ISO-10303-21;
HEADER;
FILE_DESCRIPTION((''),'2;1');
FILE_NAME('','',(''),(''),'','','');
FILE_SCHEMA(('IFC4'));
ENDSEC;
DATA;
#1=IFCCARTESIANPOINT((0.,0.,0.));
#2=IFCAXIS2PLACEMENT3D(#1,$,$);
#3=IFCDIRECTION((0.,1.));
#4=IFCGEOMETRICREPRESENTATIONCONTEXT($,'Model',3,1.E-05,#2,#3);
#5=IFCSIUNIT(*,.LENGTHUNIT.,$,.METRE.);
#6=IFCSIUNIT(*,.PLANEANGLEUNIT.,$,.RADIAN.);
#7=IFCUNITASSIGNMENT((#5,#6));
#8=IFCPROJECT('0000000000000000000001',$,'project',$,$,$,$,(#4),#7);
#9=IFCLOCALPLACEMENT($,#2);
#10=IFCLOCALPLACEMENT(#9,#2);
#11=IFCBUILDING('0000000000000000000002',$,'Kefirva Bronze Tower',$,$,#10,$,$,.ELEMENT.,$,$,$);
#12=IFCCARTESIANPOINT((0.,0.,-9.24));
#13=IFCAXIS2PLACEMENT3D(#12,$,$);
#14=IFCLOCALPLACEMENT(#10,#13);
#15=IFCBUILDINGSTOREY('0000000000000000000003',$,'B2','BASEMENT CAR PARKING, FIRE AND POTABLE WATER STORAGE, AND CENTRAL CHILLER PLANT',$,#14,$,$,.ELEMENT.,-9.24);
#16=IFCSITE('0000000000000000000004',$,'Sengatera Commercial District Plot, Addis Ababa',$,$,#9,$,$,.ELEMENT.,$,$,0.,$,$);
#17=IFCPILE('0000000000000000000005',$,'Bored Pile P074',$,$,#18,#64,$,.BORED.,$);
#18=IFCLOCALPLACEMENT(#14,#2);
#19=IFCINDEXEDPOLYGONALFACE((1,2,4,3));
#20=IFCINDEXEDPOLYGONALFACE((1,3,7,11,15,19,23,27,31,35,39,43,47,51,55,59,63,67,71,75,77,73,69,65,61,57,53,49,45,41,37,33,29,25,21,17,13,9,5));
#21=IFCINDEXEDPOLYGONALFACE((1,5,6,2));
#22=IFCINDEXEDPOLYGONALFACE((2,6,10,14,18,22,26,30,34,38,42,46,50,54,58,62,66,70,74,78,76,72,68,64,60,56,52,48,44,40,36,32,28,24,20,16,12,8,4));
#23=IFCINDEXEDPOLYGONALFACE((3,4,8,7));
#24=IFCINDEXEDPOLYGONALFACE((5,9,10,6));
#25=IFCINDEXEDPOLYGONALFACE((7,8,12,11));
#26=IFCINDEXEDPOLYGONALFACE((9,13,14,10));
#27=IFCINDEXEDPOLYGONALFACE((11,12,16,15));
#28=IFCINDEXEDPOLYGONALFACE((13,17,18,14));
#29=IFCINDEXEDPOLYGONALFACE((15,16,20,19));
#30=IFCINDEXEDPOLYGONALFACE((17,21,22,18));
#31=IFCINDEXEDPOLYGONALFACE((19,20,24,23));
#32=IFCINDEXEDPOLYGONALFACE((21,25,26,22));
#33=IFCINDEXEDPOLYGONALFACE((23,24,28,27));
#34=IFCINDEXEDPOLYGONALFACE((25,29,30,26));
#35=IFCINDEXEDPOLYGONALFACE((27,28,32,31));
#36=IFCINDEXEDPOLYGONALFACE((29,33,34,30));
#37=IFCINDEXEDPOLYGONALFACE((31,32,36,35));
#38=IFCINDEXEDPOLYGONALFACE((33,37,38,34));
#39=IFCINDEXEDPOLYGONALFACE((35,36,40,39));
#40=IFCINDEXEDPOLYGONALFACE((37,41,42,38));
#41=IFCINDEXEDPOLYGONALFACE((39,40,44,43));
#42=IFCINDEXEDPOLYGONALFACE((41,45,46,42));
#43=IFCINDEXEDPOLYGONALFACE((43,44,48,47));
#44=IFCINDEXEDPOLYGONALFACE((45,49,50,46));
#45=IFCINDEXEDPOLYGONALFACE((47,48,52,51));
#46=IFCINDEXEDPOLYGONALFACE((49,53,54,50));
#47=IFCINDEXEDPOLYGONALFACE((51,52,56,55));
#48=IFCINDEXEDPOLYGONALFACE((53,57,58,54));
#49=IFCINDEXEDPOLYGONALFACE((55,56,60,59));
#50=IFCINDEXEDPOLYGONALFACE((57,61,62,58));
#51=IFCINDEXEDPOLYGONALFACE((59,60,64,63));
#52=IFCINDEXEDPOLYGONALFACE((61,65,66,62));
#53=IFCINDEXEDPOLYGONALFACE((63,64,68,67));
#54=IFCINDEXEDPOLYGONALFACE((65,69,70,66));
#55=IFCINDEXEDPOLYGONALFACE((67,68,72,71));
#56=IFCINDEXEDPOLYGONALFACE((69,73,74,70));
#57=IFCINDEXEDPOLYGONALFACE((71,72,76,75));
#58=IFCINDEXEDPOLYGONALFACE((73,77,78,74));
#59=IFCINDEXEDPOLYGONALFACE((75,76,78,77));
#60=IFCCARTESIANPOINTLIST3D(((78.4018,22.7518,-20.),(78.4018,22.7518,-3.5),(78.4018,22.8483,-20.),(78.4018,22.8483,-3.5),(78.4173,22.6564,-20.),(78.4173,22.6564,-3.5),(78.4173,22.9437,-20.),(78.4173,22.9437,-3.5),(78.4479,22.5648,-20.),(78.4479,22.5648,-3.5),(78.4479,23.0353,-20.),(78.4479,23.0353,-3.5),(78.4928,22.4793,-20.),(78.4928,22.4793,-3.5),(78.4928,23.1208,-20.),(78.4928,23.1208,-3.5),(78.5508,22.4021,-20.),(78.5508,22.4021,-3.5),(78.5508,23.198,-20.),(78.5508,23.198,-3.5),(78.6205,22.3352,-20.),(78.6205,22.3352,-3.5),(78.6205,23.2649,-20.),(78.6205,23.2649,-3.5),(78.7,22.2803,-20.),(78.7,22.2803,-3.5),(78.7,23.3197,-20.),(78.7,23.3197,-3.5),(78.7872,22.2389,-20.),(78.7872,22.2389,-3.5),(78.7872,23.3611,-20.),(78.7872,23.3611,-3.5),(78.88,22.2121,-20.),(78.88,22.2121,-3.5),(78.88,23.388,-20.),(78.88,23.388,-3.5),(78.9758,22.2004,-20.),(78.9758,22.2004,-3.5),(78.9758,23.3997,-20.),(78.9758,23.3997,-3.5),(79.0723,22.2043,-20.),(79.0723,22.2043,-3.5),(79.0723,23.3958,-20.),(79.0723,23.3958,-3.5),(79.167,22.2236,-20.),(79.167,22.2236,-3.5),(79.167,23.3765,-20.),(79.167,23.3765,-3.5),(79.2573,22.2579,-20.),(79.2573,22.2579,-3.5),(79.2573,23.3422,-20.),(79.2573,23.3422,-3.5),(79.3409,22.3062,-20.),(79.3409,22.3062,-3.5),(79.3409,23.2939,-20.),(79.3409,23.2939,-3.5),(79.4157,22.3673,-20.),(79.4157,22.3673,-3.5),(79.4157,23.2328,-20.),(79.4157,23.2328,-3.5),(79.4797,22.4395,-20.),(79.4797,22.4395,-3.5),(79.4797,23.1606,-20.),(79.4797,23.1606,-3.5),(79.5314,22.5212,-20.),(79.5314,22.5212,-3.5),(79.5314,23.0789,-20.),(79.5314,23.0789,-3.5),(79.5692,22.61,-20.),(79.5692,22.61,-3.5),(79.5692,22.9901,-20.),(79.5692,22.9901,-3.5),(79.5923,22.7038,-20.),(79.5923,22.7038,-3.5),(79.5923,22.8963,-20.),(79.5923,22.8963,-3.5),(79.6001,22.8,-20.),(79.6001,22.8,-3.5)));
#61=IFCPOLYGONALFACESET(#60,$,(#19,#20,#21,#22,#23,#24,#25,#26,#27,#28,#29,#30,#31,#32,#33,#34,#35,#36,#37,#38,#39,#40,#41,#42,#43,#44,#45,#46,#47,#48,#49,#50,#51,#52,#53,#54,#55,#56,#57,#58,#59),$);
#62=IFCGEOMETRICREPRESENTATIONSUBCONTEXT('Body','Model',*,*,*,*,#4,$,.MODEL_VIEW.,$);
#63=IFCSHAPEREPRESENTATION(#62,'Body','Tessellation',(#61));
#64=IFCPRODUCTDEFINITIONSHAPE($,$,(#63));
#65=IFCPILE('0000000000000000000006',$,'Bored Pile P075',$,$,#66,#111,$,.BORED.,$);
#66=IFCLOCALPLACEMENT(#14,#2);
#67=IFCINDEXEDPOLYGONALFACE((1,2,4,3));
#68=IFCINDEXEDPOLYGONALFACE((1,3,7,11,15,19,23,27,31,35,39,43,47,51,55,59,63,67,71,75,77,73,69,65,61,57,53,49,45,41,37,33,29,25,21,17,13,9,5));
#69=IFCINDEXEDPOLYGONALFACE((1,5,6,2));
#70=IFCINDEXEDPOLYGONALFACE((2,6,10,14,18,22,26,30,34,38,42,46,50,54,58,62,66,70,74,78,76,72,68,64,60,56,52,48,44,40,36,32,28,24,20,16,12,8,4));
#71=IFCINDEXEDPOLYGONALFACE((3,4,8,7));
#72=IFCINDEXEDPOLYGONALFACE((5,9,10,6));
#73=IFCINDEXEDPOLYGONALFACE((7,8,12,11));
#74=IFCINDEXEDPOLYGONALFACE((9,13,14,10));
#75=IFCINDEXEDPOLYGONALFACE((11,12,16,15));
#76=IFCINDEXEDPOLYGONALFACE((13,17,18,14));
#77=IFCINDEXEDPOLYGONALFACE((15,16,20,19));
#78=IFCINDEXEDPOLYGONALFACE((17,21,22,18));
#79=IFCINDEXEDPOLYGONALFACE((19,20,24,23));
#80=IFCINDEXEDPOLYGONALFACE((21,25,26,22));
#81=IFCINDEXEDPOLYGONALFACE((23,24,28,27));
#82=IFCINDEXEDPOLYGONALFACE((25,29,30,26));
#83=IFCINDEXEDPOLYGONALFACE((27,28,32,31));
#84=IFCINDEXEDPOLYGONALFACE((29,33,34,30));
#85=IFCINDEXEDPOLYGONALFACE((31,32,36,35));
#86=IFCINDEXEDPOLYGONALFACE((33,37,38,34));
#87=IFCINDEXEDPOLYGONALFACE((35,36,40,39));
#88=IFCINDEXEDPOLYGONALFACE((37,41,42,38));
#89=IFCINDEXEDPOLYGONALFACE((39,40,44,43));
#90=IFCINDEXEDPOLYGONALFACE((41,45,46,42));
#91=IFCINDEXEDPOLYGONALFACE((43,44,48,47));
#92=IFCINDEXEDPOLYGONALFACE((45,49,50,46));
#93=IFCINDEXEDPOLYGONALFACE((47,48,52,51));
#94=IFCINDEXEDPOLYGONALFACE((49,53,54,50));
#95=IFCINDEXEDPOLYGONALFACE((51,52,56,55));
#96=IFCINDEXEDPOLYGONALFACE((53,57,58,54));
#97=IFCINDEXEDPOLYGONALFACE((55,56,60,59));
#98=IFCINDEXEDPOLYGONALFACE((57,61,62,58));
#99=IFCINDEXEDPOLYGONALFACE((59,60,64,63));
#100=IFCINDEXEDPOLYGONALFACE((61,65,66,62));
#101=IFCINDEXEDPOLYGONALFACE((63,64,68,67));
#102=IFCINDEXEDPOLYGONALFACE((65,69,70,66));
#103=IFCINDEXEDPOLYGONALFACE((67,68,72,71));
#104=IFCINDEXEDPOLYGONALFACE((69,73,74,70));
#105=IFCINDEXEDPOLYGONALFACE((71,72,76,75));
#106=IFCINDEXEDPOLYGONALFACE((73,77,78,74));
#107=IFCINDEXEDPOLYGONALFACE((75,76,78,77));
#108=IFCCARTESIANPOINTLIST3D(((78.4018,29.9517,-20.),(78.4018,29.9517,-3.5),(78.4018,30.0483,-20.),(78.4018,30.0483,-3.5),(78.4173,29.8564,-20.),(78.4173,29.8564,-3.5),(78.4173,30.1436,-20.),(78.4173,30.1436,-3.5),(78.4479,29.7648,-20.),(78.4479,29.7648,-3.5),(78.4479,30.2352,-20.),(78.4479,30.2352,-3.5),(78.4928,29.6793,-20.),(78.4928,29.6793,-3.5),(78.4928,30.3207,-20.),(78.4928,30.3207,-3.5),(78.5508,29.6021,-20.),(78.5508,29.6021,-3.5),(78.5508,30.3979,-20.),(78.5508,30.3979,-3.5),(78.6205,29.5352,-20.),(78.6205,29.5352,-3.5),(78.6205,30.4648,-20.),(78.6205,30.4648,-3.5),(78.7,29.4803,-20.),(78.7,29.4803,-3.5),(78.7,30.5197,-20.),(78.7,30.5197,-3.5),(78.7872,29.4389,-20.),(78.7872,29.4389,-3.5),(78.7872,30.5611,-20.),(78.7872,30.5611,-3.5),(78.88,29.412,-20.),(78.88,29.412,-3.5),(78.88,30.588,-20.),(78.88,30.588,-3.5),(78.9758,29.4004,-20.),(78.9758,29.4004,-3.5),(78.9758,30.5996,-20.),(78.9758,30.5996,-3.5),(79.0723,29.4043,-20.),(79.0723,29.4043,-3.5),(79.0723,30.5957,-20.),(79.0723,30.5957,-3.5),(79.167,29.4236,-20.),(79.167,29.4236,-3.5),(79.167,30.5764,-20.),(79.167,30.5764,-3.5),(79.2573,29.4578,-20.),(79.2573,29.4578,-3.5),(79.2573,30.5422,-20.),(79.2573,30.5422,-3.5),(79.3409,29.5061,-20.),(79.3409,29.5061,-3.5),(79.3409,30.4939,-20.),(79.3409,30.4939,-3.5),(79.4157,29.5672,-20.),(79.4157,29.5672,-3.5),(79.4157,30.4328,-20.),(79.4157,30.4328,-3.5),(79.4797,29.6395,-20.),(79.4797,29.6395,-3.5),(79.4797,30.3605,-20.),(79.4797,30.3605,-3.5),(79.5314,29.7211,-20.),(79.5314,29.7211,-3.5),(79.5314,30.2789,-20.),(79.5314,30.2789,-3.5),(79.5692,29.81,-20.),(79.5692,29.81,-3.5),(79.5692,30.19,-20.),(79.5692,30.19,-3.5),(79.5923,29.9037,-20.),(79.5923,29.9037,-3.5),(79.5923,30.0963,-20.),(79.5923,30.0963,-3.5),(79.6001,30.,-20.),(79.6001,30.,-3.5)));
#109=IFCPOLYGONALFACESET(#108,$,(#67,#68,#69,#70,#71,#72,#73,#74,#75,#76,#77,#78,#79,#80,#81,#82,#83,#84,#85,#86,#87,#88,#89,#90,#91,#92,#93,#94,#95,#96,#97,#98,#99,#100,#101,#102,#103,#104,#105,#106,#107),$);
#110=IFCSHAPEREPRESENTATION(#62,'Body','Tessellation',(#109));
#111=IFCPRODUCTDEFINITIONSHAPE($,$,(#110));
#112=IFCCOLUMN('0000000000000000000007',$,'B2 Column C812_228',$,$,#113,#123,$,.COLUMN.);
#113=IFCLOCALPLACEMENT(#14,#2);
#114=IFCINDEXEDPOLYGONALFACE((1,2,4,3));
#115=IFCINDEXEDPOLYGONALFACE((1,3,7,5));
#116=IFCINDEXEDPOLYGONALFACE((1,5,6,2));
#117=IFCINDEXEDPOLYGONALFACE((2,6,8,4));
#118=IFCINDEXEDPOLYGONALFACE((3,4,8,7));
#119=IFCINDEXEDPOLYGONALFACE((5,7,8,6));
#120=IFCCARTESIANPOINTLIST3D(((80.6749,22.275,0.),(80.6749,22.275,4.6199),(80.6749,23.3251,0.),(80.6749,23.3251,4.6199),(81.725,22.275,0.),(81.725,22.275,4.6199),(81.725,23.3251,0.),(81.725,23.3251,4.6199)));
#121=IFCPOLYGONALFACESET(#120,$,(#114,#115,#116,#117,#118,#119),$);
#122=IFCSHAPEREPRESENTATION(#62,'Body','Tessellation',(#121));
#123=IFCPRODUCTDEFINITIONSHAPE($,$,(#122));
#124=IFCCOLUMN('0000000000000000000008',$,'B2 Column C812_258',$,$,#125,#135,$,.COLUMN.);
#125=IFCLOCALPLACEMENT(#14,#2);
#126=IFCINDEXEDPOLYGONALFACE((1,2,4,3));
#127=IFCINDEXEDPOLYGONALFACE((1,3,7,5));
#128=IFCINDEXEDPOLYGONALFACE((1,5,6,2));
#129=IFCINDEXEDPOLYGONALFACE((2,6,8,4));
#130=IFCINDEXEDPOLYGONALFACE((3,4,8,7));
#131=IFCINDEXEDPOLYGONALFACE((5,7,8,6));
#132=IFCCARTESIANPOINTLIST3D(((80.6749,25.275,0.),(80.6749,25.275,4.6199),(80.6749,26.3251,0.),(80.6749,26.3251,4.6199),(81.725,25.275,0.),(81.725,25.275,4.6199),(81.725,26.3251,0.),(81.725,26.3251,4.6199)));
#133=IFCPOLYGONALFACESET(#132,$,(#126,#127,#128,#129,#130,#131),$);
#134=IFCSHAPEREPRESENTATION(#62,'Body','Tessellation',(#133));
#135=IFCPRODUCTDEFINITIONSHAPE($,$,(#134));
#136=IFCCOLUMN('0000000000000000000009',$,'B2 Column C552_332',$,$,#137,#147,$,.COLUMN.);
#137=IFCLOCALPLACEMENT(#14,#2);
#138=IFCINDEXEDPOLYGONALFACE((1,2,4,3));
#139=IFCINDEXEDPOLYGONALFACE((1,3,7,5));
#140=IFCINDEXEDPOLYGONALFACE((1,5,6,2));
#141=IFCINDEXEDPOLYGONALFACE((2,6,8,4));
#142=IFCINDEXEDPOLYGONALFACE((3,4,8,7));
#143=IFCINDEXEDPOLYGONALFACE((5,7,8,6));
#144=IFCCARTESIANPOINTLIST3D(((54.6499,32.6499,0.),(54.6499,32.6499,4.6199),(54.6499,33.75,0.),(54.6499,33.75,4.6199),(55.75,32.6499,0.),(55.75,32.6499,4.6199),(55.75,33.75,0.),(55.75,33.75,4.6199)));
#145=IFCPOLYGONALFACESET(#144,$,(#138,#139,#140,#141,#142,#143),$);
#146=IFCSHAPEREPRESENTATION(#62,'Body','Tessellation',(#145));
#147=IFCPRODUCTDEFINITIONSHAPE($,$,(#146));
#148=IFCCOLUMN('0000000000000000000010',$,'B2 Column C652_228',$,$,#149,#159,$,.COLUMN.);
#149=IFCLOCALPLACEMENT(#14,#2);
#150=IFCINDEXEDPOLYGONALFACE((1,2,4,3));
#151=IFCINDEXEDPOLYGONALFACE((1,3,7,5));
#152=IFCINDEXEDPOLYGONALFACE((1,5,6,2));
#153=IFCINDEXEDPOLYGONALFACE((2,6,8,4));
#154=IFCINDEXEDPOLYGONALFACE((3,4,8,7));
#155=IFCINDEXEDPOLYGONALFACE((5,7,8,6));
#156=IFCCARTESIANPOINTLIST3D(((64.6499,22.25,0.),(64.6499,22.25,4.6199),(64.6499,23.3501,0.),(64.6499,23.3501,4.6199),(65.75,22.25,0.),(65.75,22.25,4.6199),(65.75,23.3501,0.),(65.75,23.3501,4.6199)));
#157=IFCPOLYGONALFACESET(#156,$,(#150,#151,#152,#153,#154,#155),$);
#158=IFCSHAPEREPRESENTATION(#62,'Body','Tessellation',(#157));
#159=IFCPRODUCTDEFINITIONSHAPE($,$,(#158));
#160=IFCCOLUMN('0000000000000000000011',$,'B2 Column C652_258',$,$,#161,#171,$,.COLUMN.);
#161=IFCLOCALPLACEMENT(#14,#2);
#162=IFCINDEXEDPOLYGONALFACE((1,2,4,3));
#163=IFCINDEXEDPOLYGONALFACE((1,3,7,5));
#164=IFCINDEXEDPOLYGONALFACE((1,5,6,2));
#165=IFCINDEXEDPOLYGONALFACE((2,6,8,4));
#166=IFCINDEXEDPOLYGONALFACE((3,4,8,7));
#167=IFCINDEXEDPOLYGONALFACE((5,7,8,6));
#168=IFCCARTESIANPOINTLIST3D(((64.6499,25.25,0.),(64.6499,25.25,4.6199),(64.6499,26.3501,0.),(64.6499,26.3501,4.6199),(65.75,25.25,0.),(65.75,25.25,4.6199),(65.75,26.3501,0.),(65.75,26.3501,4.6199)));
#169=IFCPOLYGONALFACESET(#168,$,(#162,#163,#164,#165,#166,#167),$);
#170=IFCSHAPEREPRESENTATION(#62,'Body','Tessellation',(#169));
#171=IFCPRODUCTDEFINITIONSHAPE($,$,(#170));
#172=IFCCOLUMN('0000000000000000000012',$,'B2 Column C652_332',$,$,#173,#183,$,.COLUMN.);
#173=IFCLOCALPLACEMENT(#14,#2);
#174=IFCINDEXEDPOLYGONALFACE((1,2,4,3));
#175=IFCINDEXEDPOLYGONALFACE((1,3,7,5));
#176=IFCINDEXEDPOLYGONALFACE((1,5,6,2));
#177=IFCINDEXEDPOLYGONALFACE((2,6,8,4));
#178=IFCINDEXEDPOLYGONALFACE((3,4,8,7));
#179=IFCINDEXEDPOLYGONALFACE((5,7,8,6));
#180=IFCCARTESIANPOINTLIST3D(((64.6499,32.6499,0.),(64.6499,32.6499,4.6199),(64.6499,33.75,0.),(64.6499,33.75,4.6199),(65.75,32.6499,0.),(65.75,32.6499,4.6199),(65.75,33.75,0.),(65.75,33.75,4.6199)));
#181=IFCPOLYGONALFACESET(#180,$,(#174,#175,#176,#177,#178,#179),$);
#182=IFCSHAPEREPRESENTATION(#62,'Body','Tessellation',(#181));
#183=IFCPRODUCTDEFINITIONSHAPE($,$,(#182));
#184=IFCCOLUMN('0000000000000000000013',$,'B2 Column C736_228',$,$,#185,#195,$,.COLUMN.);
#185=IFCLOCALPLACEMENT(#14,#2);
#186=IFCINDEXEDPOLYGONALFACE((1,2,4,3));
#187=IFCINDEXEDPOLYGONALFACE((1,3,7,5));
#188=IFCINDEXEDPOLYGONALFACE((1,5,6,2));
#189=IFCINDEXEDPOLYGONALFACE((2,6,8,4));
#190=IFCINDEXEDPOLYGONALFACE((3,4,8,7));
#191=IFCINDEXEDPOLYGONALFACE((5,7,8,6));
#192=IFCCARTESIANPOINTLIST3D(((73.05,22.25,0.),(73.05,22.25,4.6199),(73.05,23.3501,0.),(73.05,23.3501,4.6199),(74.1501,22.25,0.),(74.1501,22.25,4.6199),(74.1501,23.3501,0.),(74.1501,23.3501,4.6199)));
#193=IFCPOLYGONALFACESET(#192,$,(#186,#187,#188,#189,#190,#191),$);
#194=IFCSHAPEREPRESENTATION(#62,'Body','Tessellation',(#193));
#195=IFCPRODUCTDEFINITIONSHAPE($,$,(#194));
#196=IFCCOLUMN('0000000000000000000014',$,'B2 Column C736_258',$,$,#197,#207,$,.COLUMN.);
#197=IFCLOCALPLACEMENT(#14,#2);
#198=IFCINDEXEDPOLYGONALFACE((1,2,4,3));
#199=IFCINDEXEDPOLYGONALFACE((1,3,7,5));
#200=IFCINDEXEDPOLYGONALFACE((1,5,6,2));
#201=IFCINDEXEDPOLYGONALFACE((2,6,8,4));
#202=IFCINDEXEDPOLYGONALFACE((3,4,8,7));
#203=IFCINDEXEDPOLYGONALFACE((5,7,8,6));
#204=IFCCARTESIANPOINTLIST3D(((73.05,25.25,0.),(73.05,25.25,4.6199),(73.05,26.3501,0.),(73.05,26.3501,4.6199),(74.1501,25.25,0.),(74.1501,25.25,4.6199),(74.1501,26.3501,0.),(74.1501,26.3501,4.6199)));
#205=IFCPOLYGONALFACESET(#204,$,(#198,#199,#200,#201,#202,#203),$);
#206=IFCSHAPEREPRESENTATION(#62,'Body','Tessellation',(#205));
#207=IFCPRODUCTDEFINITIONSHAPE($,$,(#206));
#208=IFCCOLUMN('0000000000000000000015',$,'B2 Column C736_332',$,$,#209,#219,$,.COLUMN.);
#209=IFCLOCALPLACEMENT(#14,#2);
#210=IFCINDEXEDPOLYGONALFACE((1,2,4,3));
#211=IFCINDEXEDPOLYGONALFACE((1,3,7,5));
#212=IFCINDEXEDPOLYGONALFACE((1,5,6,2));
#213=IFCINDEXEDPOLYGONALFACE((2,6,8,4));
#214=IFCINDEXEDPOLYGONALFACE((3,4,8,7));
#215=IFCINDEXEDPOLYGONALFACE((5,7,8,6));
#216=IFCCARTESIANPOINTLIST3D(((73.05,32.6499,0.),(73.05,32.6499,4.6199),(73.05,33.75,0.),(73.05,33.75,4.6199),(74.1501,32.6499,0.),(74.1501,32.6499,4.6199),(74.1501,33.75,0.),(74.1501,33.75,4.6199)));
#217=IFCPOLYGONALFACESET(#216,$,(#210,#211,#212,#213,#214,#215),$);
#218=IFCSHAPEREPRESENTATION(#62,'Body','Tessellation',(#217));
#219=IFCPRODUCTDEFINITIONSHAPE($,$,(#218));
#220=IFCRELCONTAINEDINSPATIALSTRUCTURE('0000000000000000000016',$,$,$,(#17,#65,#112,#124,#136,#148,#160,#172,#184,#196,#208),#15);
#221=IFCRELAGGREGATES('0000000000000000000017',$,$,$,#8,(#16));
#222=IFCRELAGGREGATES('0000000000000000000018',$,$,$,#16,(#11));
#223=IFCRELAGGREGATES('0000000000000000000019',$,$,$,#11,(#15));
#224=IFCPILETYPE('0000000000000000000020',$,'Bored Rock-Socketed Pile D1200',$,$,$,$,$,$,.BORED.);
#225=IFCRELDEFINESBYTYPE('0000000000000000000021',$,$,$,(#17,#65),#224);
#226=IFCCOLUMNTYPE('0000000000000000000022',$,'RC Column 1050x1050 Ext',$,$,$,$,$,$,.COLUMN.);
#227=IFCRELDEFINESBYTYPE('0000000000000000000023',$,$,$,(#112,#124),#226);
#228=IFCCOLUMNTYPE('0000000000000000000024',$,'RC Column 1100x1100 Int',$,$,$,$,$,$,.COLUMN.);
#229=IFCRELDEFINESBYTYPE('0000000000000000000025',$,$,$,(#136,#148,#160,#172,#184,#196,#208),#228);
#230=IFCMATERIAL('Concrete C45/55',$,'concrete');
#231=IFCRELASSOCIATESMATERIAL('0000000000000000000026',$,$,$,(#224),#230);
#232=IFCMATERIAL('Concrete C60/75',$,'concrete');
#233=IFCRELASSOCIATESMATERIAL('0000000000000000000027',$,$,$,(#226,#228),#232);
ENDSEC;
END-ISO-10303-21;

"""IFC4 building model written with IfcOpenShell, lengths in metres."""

from ifc_helpers import new_model, si_unit, direction, frame, origin, origin_2d, place, context, subcontext, project, spatial, rectangle, circle, extrude, material, material_profile, profile_set, type_object, element, save


model = new_model("IFC4")

# Units and contexts
model_context = context("Model", 3, precision=1e-05, world=origin(), true_north=direction((0.0, 1.0)))
body_context = subcontext(model_context, "Body", "Model", "MODEL_VIEW")
ifc_project = project(units=[si_unit("LENGTHUNIT", "METRE"), si_unit("PLANEANGLEUNIT", "RADIAN")], contexts=[model_context])

# Site, building, storey
site_placement = place(None, origin())
site = spatial("IfcSite", under=ifc_project, at=site_placement, Name="Sengatera Commercial District Plot, Addis Ababa", CompositionType="ELEMENT", RefElevation=0.0)
building_placement = place(site_placement, origin())
building = spatial("IfcBuilding", under=site, at=building_placement, Name="Kefirva Bronze Tower", CompositionType="ELEMENT")
storey_placement = place(building_placement, frame((0.0, 0.0, -9.24)))
storey = spatial("IfcBuildingStorey", under=building, at=storey_placement, Name="B2", Description="BASEMENT CAR PARKING, FIRE AND POTABLE WATER STORAGE, AND CENTRAL CHILLER PLANT", CompositionType="ELEMENT", Elevation=-9.24)

# Piles
ifc_material_1 = material(Name="Concrete C45/55", Category="concrete")
ifc_material_profile_1 = material_profile(ifc_material_1, circle(Radius=0.6001, at=origin_2d()), Name="BORED PILE D1200")
ifc_profile_set_1 = profile_set([ifc_material_profile_1], Name="Concrete C45/55")
pile_type = type_object("IfcPileType", Name="Bored Rock-Socketed Pile D1200", PredefinedType="BORED", material=ifc_profile_set_1)
for number, where, z_axis, x_axis, name in (
    (1, (79.0, 22.8, -3.5), (0.0, 0.0, -1.0), (1.0, 0.0, 0.0), "Bored Pile P074"),
    (2, (79.0, 30.0, -3.5), (0.0, 0.0, -1.0), (1.0, 0.0, 0.0), "Bored Pile P075"),
):
    element("IfcPile", number, at=place(storey_placement, frame(where, z_axis=z_axis, x_axis=x_axis)), inside=storey, type_object=pile_type, Name=name, PredefinedType="BORED", context=body_context, shape_type="SweptSolid", body=[
        extrude(circle(Radius=0.6001, at=origin_2d()), origin(), (0.0, 0.0, 1.0), 16.5),
    ])

# Columns
ifc_material_2 = material(Name="Concrete C60/75", Category="concrete")
ifc_material_profile_2 = material_profile(ifc_material_2, rectangle(XDim=1.05, YDim=1.05, at=origin_2d()), Name="RC 1050x1050")
ifc_profile_set_2 = profile_set([ifc_material_profile_2], Name="Concrete C60/75")
column_type_1 = type_object("IfcColumnType", Name="RC Column 1050x1050 Ext", PredefinedType="COLUMN", material=ifc_profile_set_2)
for number, where, z_axis, x_axis, name in (
    (3, (81.2, 22.8, 0.0), (0.0, 0.0, 1.0), (1.0, 0.0, 0.0), "B2 Column C812_228"),
    (4, (81.2, 25.8, 0.0), (0.0, 0.0, 1.0), (1.0, 0.0, 0.0), "B2 Column C812_258"),
):
    element("IfcColumn", number, at=place(storey_placement, frame(where, z_axis=z_axis, x_axis=x_axis)), inside=storey, type_object=column_type_1, Name=name, PredefinedType="COLUMN", context=body_context, shape_type="SweptSolid", body=[
        extrude(rectangle(XDim=1.05, YDim=1.05, at=origin_2d()), origin(), (0.0, 0.0, 1.0), 4.6199),
    ])
ifc_material_profile_3 = material_profile(ifc_material_2, rectangle(XDim=1.1001, YDim=1.1001, at=origin_2d()), Name="RC 1100x1100")
ifc_profile_set_3 = profile_set([ifc_material_profile_3], Name="Concrete C60/75")
column_type_2 = type_object("IfcColumnType", Name="RC Column 1100x1100 Int", PredefinedType="COLUMN", material=ifc_profile_set_3)
for number, where, z_axis, x_axis, name in (
    (5, (55.2, 33.2, 0.0), (0.0, 0.0, 1.0), (1.0, 0.0, 0.0), "B2 Column C552_332"),
    (6, (65.2, 22.8, 0.0), (0.0, 0.0, 1.0), (1.0, 0.0, 0.0), "B2 Column C652_228"),
    (7, (65.2, 25.8, 0.0), (0.0, 0.0, 1.0), (1.0, 0.0, 0.0), "B2 Column C652_258"),
    (8, (65.2, 33.2, 0.0), (0.0, 0.0, 1.0), (1.0, 0.0, 0.0), "B2 Column C652_332"),
    (9, (73.6001, 22.8, 0.0), (0.0, 0.0, 1.0), (1.0, 0.0, 0.0), "B2 Column C736_228"),
    (10, (73.6001, 25.8, 0.0), (0.0, 0.0, 1.0), (1.0, 0.0, 0.0), "B2 Column C736_258"),
    (11, (73.6001, 33.2, 0.0), (0.0, 0.0, 1.0), (1.0, 0.0, 0.0), "B2 Column C736_332"),
):
    element("IfcColumn", number, at=place(storey_placement, frame(where, z_axis=z_axis, x_axis=x_axis)), inside=storey, type_object=column_type_2, Name=name, PredefinedType="COLUMN", context=body_context, shape_type="SweptSolid", body=[
        extrude(rectangle(XDim=1.1001, YDim=1.1001, at=origin_2d()), origin(), (0.0, 0.0, 1.0), 4.6199),
    ])

save(model, "model.ifc")
